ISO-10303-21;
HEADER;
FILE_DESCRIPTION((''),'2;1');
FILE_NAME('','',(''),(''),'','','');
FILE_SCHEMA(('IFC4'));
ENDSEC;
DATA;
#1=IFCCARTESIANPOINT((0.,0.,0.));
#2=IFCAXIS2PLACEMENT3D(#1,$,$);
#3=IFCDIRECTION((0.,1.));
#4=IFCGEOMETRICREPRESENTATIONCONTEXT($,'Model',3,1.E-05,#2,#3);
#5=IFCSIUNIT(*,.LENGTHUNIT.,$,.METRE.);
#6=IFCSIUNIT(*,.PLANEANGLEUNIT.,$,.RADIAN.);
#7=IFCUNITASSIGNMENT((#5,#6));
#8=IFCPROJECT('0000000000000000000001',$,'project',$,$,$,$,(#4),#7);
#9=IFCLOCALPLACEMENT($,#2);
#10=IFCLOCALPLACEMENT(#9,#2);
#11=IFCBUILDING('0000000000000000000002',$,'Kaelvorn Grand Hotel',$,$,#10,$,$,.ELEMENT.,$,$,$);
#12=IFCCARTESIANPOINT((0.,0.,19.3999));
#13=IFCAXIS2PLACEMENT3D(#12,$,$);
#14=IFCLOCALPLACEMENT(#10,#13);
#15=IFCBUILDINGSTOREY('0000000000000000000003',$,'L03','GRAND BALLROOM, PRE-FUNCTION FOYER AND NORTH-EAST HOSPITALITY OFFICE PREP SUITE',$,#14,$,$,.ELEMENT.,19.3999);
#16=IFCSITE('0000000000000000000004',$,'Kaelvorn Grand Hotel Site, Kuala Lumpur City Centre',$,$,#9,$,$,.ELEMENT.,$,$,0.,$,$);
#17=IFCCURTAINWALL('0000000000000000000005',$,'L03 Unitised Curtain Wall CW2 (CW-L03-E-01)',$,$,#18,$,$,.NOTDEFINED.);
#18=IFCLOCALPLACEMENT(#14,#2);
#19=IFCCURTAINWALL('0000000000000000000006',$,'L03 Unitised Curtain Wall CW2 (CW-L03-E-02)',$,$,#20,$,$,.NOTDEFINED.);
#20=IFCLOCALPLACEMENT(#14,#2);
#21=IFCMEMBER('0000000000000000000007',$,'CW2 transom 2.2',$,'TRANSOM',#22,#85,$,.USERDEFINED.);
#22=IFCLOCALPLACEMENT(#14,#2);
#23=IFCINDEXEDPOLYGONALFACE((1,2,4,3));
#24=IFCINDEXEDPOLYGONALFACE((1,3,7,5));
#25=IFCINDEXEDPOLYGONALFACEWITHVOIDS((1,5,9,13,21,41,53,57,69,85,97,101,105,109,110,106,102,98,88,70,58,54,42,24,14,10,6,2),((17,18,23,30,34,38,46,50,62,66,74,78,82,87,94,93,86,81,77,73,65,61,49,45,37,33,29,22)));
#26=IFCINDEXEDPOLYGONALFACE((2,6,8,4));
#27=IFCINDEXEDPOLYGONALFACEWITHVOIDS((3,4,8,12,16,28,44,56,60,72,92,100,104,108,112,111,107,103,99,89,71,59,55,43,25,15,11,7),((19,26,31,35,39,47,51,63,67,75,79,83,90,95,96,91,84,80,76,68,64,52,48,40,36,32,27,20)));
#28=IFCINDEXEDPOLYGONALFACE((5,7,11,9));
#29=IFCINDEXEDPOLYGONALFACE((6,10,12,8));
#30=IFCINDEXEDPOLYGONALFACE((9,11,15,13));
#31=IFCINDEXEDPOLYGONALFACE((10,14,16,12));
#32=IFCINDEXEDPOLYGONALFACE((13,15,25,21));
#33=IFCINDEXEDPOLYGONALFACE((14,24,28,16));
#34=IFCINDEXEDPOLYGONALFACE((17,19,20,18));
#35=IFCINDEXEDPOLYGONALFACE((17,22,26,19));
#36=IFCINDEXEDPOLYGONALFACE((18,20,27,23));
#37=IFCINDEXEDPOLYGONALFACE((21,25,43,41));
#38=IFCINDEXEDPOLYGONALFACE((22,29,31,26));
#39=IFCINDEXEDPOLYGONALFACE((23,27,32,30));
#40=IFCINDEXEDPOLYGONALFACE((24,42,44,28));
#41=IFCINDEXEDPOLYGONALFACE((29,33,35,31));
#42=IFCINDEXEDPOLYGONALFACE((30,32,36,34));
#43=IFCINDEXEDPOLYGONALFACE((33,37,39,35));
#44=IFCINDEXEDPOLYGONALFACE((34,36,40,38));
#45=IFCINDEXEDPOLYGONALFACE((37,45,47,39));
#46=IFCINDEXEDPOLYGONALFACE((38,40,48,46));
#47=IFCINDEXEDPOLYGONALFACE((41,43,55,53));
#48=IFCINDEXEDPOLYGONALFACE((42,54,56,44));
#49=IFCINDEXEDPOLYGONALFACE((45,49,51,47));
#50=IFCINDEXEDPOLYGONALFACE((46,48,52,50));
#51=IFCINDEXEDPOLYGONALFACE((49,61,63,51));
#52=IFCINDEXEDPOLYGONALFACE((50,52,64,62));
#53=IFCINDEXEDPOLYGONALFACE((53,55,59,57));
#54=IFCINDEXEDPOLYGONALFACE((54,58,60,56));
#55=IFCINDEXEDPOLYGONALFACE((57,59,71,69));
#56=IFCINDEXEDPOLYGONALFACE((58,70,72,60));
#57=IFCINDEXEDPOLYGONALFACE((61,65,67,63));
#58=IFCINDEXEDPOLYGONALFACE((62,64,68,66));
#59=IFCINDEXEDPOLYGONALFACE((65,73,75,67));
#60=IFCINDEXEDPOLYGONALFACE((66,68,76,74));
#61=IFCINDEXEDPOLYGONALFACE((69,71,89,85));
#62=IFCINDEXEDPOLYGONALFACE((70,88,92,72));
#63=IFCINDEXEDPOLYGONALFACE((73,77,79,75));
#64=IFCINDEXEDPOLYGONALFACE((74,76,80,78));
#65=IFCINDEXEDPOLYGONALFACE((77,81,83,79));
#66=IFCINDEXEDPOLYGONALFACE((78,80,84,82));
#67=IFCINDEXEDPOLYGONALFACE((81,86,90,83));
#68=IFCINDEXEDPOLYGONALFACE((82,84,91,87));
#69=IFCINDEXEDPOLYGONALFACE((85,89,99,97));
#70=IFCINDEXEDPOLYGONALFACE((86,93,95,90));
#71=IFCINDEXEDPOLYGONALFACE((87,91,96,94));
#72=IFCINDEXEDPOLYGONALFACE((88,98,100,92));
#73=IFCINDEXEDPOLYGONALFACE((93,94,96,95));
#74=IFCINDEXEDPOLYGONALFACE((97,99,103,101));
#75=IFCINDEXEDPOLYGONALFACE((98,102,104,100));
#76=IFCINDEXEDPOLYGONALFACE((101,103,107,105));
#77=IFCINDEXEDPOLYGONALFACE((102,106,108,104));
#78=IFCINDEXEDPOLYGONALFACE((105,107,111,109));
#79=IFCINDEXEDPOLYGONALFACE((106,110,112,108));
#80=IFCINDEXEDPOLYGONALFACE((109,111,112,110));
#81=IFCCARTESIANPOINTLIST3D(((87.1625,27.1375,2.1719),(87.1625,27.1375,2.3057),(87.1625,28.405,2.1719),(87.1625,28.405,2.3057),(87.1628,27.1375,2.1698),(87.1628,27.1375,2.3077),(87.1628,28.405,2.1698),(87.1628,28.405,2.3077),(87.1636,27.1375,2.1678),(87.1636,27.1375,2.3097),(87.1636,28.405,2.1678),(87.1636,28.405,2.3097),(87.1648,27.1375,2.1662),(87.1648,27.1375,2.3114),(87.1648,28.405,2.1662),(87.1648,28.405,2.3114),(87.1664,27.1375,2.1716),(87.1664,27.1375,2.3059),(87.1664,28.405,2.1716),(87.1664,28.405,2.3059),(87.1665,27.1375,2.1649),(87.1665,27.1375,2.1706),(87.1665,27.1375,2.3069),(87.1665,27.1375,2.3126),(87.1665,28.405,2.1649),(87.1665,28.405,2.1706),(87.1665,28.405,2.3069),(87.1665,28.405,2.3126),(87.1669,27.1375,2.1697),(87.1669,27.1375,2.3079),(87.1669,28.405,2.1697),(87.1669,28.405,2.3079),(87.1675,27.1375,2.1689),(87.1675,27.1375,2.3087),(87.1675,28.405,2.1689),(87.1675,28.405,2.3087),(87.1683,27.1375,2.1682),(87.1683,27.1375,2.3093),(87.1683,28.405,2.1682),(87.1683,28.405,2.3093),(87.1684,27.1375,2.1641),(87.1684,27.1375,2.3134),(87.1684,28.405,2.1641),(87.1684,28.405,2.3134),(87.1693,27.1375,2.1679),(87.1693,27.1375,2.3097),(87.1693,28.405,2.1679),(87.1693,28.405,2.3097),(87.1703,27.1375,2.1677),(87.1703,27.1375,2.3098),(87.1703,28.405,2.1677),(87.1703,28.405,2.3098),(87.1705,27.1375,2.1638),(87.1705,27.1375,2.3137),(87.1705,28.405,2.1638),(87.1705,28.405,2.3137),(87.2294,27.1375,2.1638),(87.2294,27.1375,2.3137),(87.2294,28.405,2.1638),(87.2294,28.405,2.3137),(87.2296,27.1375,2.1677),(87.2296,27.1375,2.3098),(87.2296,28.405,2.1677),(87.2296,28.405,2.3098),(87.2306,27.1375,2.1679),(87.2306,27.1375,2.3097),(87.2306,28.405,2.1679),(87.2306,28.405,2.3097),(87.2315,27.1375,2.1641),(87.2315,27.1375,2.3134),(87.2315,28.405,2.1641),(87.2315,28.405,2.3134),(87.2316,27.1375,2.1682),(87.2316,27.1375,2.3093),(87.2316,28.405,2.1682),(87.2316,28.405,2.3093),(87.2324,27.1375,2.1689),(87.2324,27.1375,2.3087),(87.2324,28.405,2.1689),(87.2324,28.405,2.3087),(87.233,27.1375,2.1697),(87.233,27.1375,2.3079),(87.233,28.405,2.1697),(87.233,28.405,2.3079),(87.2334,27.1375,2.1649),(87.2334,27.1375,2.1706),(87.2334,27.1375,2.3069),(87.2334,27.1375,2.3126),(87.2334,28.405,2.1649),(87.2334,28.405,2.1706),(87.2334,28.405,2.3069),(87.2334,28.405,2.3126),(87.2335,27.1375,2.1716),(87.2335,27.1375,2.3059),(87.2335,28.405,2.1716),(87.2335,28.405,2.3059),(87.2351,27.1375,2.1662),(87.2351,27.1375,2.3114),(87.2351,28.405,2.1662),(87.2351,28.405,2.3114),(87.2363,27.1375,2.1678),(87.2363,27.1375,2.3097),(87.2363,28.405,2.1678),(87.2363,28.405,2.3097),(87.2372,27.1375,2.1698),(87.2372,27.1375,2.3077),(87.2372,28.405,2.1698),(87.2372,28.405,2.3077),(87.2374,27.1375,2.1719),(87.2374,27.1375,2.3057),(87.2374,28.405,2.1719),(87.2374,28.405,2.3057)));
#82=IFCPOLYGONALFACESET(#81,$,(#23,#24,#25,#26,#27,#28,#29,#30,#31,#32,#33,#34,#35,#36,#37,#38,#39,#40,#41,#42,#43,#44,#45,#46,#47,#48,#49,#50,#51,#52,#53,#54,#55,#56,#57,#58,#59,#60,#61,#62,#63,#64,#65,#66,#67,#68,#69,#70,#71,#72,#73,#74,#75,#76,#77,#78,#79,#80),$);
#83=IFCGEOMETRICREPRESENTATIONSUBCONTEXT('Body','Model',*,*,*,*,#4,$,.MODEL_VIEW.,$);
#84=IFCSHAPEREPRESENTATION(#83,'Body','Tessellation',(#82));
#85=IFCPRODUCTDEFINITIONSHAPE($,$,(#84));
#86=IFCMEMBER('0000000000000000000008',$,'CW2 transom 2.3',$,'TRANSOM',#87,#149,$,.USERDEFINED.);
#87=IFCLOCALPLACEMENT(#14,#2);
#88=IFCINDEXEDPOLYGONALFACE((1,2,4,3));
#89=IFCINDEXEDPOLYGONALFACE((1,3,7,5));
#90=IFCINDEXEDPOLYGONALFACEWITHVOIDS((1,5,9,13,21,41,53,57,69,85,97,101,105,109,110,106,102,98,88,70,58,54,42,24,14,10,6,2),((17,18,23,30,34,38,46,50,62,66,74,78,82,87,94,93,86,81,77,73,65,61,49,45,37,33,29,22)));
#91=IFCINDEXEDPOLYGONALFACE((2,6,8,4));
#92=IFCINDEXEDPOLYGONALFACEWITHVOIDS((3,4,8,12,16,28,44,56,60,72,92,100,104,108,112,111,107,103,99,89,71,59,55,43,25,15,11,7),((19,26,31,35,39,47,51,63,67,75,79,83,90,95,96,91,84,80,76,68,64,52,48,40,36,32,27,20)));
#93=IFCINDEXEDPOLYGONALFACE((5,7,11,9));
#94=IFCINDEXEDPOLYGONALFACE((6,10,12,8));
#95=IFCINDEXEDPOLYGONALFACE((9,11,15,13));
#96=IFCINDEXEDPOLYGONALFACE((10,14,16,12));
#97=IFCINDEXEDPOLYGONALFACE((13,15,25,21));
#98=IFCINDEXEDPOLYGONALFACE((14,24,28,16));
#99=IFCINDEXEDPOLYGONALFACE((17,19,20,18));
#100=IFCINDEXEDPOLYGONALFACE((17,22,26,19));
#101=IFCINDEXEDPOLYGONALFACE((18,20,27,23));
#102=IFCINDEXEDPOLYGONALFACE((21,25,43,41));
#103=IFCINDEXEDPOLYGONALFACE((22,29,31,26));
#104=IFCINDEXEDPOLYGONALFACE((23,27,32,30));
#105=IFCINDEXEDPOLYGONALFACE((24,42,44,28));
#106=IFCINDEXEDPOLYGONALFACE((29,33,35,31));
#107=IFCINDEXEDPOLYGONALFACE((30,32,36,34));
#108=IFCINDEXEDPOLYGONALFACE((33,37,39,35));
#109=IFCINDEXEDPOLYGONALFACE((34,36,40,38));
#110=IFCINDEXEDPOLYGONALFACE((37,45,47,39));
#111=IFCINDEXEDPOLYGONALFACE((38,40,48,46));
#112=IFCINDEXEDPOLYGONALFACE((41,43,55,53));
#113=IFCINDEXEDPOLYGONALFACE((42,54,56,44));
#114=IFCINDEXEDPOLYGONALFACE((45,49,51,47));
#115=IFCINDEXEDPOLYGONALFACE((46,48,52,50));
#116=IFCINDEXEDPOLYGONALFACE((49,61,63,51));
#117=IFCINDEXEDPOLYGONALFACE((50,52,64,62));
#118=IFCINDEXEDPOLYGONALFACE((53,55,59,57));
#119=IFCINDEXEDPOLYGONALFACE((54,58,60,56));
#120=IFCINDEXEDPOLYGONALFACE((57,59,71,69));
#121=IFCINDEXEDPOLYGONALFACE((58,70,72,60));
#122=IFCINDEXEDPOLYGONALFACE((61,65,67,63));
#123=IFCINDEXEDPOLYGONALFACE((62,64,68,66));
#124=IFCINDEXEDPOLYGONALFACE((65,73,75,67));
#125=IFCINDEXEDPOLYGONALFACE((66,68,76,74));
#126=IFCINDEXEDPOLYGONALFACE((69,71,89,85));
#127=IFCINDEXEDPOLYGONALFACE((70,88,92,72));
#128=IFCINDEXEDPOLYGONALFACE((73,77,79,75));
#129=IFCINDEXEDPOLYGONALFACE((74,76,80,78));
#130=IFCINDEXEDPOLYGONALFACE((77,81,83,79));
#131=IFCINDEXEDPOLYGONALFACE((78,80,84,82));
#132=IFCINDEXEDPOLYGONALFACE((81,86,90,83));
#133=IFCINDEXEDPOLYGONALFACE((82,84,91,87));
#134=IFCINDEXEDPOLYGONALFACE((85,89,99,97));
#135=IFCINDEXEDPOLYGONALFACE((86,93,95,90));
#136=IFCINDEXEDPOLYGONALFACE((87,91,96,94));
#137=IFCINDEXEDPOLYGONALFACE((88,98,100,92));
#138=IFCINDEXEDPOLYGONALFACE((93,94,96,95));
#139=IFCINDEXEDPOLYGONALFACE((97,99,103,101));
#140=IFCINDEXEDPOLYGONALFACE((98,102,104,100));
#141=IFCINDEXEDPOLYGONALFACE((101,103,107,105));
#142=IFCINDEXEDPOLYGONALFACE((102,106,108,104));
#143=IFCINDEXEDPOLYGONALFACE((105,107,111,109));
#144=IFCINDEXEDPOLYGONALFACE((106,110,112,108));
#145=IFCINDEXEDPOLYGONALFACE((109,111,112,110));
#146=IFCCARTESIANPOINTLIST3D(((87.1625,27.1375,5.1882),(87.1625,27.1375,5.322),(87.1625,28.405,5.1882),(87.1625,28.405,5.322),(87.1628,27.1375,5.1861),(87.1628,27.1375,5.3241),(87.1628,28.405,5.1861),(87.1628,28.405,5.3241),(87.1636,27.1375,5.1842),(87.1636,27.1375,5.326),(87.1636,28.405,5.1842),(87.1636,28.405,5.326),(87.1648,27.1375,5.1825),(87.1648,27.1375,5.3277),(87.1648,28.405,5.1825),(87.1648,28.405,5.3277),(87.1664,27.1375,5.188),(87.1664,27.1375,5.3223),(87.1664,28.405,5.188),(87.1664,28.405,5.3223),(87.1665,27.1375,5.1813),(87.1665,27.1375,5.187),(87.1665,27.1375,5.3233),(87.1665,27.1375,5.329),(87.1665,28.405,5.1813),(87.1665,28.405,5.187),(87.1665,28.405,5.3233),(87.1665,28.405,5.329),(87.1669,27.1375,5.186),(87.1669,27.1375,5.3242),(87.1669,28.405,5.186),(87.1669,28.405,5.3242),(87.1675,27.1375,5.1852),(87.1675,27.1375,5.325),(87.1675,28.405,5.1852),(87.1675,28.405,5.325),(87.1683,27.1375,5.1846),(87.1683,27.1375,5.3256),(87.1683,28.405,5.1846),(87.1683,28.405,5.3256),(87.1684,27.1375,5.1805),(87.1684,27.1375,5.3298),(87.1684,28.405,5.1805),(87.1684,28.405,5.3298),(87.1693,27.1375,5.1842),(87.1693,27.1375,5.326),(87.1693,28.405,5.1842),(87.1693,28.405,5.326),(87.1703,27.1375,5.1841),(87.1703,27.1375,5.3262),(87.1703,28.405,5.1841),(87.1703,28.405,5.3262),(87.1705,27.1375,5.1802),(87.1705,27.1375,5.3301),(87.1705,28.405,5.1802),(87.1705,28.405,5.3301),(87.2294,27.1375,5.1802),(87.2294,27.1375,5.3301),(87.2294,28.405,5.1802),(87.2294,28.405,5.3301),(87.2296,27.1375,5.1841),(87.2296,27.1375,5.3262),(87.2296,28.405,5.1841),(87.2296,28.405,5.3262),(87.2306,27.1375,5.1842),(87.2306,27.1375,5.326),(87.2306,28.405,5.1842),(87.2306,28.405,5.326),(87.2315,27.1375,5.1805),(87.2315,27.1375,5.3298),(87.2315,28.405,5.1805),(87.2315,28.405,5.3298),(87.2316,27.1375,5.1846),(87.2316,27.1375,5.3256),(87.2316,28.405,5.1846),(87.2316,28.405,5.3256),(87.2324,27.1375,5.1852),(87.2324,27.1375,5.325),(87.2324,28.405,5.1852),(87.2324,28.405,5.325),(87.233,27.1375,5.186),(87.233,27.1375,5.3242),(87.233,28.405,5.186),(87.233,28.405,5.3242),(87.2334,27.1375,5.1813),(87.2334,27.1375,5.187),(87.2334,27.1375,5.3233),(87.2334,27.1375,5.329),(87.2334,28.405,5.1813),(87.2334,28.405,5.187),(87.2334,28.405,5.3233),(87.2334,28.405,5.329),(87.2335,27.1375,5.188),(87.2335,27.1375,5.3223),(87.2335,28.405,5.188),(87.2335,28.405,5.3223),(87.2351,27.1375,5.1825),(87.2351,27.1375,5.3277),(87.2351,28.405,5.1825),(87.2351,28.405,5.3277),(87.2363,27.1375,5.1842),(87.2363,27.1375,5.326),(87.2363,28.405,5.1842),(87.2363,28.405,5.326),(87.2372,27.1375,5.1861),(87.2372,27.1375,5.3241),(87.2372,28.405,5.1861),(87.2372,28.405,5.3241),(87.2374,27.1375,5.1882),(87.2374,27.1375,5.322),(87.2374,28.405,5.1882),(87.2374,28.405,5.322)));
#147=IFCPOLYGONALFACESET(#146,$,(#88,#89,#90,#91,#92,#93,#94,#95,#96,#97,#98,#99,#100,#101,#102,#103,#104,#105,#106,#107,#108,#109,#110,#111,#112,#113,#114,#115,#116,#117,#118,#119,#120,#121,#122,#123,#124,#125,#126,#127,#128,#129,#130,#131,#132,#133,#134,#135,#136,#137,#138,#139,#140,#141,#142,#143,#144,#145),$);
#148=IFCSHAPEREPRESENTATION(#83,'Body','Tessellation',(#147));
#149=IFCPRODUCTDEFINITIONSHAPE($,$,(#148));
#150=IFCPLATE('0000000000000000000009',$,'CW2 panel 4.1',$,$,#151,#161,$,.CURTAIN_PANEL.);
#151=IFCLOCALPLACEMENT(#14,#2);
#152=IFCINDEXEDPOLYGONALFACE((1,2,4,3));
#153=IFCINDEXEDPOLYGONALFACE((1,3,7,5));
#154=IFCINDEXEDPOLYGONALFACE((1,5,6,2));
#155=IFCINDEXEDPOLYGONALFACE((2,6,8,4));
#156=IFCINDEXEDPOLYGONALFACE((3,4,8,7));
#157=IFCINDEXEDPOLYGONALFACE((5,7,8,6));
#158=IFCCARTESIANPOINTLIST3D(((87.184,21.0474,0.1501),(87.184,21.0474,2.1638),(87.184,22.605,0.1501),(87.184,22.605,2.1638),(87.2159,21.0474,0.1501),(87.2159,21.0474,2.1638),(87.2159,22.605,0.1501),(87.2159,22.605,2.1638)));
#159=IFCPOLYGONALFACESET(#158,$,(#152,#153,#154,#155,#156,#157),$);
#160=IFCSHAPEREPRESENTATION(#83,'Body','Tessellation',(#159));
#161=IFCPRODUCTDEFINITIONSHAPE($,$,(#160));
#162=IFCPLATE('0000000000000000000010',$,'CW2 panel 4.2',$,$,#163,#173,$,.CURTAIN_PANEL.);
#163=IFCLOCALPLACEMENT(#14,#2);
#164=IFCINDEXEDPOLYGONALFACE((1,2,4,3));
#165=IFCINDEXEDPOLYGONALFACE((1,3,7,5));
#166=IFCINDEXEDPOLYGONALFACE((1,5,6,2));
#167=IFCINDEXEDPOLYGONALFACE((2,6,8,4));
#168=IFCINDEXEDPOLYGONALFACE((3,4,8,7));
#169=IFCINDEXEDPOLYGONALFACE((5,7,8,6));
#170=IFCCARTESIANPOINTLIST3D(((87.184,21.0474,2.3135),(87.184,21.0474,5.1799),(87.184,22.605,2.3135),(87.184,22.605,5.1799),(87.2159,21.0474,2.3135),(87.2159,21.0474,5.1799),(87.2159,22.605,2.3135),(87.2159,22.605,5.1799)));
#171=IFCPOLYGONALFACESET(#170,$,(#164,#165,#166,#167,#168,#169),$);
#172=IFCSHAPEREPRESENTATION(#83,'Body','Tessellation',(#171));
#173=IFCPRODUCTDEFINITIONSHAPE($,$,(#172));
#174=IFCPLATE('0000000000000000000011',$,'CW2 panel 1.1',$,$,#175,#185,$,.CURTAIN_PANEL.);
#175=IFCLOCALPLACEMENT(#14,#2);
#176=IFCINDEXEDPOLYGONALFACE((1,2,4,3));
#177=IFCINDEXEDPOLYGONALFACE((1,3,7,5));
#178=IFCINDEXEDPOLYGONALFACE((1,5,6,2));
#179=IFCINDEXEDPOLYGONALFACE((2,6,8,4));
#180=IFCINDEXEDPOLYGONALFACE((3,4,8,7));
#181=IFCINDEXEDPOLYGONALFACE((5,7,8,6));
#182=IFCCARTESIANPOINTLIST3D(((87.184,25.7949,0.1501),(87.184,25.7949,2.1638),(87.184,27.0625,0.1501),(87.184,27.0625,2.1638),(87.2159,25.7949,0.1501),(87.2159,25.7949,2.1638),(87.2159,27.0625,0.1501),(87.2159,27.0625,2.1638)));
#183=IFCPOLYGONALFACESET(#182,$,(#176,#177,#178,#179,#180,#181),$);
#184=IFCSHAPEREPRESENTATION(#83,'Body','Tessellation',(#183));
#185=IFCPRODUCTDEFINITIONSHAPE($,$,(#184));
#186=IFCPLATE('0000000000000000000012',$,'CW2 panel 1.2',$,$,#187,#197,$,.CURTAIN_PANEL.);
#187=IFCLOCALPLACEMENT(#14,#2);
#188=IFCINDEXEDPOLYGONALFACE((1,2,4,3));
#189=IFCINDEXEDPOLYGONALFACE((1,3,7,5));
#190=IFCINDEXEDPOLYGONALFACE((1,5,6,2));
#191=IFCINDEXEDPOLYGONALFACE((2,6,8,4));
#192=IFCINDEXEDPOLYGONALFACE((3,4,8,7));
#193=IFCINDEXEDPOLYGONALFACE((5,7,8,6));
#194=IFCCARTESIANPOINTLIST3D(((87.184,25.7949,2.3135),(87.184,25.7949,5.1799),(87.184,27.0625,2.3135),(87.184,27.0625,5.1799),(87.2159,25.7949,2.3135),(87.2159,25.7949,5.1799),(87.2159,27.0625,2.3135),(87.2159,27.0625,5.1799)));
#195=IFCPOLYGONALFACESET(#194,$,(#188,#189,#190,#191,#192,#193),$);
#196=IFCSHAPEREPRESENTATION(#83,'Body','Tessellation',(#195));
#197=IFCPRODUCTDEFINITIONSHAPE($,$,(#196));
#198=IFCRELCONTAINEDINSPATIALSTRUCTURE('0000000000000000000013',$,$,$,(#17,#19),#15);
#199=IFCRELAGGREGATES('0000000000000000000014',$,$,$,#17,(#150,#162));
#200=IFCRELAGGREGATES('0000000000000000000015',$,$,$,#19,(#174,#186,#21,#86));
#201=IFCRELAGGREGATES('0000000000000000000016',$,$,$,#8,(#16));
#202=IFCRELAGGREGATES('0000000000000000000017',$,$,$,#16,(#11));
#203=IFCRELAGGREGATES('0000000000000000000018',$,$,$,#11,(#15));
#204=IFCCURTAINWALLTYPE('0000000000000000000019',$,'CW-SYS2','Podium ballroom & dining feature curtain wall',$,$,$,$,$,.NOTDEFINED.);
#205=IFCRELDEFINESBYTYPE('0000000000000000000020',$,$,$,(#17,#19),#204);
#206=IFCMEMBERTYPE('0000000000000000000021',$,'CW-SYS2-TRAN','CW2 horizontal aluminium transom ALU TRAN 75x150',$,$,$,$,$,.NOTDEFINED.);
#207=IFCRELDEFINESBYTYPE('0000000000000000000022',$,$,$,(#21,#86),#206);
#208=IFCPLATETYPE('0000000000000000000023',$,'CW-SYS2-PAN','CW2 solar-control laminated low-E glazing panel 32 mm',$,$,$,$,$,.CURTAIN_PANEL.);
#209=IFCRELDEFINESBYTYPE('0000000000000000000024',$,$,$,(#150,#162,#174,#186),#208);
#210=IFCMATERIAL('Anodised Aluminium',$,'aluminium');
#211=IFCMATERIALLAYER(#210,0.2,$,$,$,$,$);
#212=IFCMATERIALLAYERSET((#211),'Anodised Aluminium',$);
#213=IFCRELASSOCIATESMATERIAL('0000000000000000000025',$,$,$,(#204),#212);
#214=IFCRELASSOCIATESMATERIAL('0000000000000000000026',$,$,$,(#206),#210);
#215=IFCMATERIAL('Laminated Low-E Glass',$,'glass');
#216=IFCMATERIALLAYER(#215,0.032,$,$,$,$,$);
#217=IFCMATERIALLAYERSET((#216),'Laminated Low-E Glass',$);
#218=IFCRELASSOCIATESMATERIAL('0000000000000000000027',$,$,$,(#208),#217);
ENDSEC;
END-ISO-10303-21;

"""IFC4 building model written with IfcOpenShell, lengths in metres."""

from ifc_helpers import new_model, si_unit, direction, frame, origin, origin_2d, place, context, subcontext, project, spatial, rectangle, hollow_rectangle, extrude, material, layer, layer_set, material_profile, profile_set, type_object, element, aggregate, save


model = new_model("IFC4")

# Units and contexts
model_context = context("Model", 3, precision=1e-05, world=origin(), true_north=direction((0.0, 1.0)))
body_context = subcontext(model_context, "Body", "Model", "MODEL_VIEW")
ifc_project = project(units=[si_unit("LENGTHUNIT", "METRE"), si_unit("PLANEANGLEUNIT", "RADIAN")], contexts=[model_context])

# Site, building, storey
site_placement = place(None, origin())
site = spatial("IfcSite", under=ifc_project, at=site_placement, Name="Kaelvorn Grand Hotel Site, Kuala Lumpur City Centre", CompositionType="ELEMENT", RefElevation=0.0)
building_placement = place(site_placement, origin())
building = spatial("IfcBuilding", under=site, at=building_placement, Name="Kaelvorn Grand Hotel", CompositionType="ELEMENT")
storey_placement = place(building_placement, frame((0.0, 0.0, 19.3999)))
storey = spatial("IfcBuildingStorey", under=building, at=storey_placement, Name="L03", Description="GRAND BALLROOM, PRE-FUNCTION FOYER AND NORTH-EAST HOSPITALITY OFFICE PREP SUITE", CompositionType="ELEMENT", Elevation=19.3999)

# Curtain wall
ifc_material_1 = material(Name="Anodised Aluminium", Category="aluminium")
ifc_layer_1 = layer(ifc_material_1, 0.2)
ifc_layer_set_1 = layer_set([ifc_layer_1], Name="Anodised Aluminium")
curtain_wall_type = type_object("IfcCurtainWallType", Name="CW-SYS2", Description="Podium ballroom & dining feature curtain wall", PredefinedType="NOTDEFINED", material=ifc_layer_set_1)
curtain_wall_1_placement = place(storey_placement, origin())
curtain_wall_1 = element("IfcCurtainWall", 1, at=curtain_wall_1_placement, inside=storey, type_object=curtain_wall_type, Name="L03 Unitised Curtain Wall CW2 (CW-L03-E-01)", PredefinedType="NOTDEFINED")

# Curtain wall
curtain_wall_2_placement = place(storey_placement, origin())
curtain_wall_2 = element("IfcCurtainWall", 2, at=curtain_wall_2_placement, inside=storey, type_object=curtain_wall_type, Name="L03 Unitised Curtain Wall CW2 (CW-L03-E-02)", PredefinedType="NOTDEFINED")

# Members
ifc_material_profile_1 = material_profile(ifc_material_1, hollow_rectangle(XDim=0.075, YDim=0.1499, WallThickness=0.0039, InnerFilletRadius=0.0039, OuterFilletRadius=0.0081, at=origin_2d()), Name="ALU TRAN 75x150")
ifc_profile_set_1 = profile_set([ifc_material_profile_1], Name="Anodised Aluminium")
member_type_1 = type_object("IfcMemberType", Name="CW-SYS2-TRAN", Description="CW2 horizontal aluminium transom ALU TRAN 75x150", PredefinedType="NOTDEFINED", material=ifc_profile_set_1)
member_1_placement = place(storey_placement, frame((87.2, 27.1375, 2.2388), z_axis=(0.0, 1.0, 0.0), x_axis=(-1.0, 0.0, 0.0)))
member_1 = element("IfcMember", 3, at=member_1_placement, type_object=member_type_1, Name="CW2 transom 2.2", ObjectType="TRANSOM", PredefinedType="USERDEFINED", context=body_context, shape_type="SweptSolid", body=[
    extrude(hollow_rectangle(XDim=0.075, YDim=0.1499, WallThickness=0.0039, InnerFilletRadius=0.0039, OuterFilletRadius=0.0081, at=origin_2d()), origin(), (0.0, 0.0, 1.0), 1.2676),
])
member_2_placement = place(storey_placement, frame((87.2, 27.1375, 5.2551), z_axis=(0.0, 1.0, 0.0), x_axis=(-1.0, 0.0, 0.0)))
member_2 = element("IfcMember", 4, at=member_2_placement, type_object=member_type_1, Name="CW2 transom 2.3", ObjectType="TRANSOM", PredefinedType="USERDEFINED", context=body_context, shape_type="SweptSolid", body=[
    extrude(hollow_rectangle(XDim=0.075, YDim=0.1499, WallThickness=0.0039, InnerFilletRadius=0.0039, OuterFilletRadius=0.0081, at=origin_2d()), origin(), (0.0, 0.0, 1.0), 1.2676),
])

# Plates
ifc_material_2 = material(Name="Laminated Low-E Glass", Category="glass")
ifc_layer_2 = layer(ifc_material_2, 0.032)
ifc_layer_set_2 = layer_set([ifc_layer_2], Name="Laminated Low-E Glass")
plate_type = type_object("IfcPlateType", Name="CW-SYS2-PAN", Description="CW2 solar-control laminated low-E glazing panel 32 mm", PredefinedType="CURTAIN_PANEL", material=ifc_layer_set_2)
plate_1_placement = place(storey_placement, frame((87.2, 21.8262, 0.1501), z_axis=(0.0, 0.0, 1.0), x_axis=(0.0, 1.0, 0.0)))
plate_1 = element("IfcPlate", 5, at=plate_1_placement, type_object=plate_type, Name="CW2 panel 4.1", PredefinedType="CURTAIN_PANEL", context=body_context, shape_type="SweptSolid", body=[
    extrude(rectangle(XDim=1.5576, YDim=0.032, at=origin_2d()), origin(), (0.0, 0.0, 1.0), 2.0137),
])
plate_2_placement = place(storey_placement, frame((87.2, 21.8262, 2.3135), z_axis=(0.0, 0.0, 1.0), x_axis=(0.0, 1.0, 0.0)))
plate_2 = element("IfcPlate", 6, at=plate_2_placement, type_object=plate_type, Name="CW2 panel 4.2", PredefinedType="CURTAIN_PANEL", context=body_context, shape_type="SweptSolid", body=[
    extrude(rectangle(XDim=1.5576, YDim=0.032, at=origin_2d()), origin(), (0.0, 0.0, 1.0), 2.8665),
])
aggregate(curtain_wall_1, [plate_1, plate_2])
plate_3_placement = place(storey_placement, frame((87.2, 26.4287, 0.1501), z_axis=(0.0, 0.0, 1.0), x_axis=(0.0, 1.0, 0.0)))
plate_3 = element("IfcPlate", 7, at=plate_3_placement, type_object=plate_type, Name="CW2 panel 1.1", PredefinedType="CURTAIN_PANEL", context=body_context, shape_type="SweptSolid", body=[
    extrude(rectangle(XDim=1.2676, YDim=0.032, at=origin_2d()), origin(), (0.0, 0.0, 1.0), 2.0137),
])
plate_4_placement = place(storey_placement, frame((87.2, 26.4287, 2.3135), z_axis=(0.0, 0.0, 1.0), x_axis=(0.0, 1.0, 0.0)))
plate_4 = element("IfcPlate", 8, at=plate_4_placement, type_object=plate_type, Name="CW2 panel 1.2", PredefinedType="CURTAIN_PANEL", context=body_context, shape_type="SweptSolid", body=[
    extrude(rectangle(XDim=1.2676, YDim=0.032, at=origin_2d()), origin(), (0.0, 0.0, 1.0), 2.8665),
])
aggregate(curtain_wall_2, [plate_3, plate_4, member_1, member_2])

save(model, "model.ifc")
